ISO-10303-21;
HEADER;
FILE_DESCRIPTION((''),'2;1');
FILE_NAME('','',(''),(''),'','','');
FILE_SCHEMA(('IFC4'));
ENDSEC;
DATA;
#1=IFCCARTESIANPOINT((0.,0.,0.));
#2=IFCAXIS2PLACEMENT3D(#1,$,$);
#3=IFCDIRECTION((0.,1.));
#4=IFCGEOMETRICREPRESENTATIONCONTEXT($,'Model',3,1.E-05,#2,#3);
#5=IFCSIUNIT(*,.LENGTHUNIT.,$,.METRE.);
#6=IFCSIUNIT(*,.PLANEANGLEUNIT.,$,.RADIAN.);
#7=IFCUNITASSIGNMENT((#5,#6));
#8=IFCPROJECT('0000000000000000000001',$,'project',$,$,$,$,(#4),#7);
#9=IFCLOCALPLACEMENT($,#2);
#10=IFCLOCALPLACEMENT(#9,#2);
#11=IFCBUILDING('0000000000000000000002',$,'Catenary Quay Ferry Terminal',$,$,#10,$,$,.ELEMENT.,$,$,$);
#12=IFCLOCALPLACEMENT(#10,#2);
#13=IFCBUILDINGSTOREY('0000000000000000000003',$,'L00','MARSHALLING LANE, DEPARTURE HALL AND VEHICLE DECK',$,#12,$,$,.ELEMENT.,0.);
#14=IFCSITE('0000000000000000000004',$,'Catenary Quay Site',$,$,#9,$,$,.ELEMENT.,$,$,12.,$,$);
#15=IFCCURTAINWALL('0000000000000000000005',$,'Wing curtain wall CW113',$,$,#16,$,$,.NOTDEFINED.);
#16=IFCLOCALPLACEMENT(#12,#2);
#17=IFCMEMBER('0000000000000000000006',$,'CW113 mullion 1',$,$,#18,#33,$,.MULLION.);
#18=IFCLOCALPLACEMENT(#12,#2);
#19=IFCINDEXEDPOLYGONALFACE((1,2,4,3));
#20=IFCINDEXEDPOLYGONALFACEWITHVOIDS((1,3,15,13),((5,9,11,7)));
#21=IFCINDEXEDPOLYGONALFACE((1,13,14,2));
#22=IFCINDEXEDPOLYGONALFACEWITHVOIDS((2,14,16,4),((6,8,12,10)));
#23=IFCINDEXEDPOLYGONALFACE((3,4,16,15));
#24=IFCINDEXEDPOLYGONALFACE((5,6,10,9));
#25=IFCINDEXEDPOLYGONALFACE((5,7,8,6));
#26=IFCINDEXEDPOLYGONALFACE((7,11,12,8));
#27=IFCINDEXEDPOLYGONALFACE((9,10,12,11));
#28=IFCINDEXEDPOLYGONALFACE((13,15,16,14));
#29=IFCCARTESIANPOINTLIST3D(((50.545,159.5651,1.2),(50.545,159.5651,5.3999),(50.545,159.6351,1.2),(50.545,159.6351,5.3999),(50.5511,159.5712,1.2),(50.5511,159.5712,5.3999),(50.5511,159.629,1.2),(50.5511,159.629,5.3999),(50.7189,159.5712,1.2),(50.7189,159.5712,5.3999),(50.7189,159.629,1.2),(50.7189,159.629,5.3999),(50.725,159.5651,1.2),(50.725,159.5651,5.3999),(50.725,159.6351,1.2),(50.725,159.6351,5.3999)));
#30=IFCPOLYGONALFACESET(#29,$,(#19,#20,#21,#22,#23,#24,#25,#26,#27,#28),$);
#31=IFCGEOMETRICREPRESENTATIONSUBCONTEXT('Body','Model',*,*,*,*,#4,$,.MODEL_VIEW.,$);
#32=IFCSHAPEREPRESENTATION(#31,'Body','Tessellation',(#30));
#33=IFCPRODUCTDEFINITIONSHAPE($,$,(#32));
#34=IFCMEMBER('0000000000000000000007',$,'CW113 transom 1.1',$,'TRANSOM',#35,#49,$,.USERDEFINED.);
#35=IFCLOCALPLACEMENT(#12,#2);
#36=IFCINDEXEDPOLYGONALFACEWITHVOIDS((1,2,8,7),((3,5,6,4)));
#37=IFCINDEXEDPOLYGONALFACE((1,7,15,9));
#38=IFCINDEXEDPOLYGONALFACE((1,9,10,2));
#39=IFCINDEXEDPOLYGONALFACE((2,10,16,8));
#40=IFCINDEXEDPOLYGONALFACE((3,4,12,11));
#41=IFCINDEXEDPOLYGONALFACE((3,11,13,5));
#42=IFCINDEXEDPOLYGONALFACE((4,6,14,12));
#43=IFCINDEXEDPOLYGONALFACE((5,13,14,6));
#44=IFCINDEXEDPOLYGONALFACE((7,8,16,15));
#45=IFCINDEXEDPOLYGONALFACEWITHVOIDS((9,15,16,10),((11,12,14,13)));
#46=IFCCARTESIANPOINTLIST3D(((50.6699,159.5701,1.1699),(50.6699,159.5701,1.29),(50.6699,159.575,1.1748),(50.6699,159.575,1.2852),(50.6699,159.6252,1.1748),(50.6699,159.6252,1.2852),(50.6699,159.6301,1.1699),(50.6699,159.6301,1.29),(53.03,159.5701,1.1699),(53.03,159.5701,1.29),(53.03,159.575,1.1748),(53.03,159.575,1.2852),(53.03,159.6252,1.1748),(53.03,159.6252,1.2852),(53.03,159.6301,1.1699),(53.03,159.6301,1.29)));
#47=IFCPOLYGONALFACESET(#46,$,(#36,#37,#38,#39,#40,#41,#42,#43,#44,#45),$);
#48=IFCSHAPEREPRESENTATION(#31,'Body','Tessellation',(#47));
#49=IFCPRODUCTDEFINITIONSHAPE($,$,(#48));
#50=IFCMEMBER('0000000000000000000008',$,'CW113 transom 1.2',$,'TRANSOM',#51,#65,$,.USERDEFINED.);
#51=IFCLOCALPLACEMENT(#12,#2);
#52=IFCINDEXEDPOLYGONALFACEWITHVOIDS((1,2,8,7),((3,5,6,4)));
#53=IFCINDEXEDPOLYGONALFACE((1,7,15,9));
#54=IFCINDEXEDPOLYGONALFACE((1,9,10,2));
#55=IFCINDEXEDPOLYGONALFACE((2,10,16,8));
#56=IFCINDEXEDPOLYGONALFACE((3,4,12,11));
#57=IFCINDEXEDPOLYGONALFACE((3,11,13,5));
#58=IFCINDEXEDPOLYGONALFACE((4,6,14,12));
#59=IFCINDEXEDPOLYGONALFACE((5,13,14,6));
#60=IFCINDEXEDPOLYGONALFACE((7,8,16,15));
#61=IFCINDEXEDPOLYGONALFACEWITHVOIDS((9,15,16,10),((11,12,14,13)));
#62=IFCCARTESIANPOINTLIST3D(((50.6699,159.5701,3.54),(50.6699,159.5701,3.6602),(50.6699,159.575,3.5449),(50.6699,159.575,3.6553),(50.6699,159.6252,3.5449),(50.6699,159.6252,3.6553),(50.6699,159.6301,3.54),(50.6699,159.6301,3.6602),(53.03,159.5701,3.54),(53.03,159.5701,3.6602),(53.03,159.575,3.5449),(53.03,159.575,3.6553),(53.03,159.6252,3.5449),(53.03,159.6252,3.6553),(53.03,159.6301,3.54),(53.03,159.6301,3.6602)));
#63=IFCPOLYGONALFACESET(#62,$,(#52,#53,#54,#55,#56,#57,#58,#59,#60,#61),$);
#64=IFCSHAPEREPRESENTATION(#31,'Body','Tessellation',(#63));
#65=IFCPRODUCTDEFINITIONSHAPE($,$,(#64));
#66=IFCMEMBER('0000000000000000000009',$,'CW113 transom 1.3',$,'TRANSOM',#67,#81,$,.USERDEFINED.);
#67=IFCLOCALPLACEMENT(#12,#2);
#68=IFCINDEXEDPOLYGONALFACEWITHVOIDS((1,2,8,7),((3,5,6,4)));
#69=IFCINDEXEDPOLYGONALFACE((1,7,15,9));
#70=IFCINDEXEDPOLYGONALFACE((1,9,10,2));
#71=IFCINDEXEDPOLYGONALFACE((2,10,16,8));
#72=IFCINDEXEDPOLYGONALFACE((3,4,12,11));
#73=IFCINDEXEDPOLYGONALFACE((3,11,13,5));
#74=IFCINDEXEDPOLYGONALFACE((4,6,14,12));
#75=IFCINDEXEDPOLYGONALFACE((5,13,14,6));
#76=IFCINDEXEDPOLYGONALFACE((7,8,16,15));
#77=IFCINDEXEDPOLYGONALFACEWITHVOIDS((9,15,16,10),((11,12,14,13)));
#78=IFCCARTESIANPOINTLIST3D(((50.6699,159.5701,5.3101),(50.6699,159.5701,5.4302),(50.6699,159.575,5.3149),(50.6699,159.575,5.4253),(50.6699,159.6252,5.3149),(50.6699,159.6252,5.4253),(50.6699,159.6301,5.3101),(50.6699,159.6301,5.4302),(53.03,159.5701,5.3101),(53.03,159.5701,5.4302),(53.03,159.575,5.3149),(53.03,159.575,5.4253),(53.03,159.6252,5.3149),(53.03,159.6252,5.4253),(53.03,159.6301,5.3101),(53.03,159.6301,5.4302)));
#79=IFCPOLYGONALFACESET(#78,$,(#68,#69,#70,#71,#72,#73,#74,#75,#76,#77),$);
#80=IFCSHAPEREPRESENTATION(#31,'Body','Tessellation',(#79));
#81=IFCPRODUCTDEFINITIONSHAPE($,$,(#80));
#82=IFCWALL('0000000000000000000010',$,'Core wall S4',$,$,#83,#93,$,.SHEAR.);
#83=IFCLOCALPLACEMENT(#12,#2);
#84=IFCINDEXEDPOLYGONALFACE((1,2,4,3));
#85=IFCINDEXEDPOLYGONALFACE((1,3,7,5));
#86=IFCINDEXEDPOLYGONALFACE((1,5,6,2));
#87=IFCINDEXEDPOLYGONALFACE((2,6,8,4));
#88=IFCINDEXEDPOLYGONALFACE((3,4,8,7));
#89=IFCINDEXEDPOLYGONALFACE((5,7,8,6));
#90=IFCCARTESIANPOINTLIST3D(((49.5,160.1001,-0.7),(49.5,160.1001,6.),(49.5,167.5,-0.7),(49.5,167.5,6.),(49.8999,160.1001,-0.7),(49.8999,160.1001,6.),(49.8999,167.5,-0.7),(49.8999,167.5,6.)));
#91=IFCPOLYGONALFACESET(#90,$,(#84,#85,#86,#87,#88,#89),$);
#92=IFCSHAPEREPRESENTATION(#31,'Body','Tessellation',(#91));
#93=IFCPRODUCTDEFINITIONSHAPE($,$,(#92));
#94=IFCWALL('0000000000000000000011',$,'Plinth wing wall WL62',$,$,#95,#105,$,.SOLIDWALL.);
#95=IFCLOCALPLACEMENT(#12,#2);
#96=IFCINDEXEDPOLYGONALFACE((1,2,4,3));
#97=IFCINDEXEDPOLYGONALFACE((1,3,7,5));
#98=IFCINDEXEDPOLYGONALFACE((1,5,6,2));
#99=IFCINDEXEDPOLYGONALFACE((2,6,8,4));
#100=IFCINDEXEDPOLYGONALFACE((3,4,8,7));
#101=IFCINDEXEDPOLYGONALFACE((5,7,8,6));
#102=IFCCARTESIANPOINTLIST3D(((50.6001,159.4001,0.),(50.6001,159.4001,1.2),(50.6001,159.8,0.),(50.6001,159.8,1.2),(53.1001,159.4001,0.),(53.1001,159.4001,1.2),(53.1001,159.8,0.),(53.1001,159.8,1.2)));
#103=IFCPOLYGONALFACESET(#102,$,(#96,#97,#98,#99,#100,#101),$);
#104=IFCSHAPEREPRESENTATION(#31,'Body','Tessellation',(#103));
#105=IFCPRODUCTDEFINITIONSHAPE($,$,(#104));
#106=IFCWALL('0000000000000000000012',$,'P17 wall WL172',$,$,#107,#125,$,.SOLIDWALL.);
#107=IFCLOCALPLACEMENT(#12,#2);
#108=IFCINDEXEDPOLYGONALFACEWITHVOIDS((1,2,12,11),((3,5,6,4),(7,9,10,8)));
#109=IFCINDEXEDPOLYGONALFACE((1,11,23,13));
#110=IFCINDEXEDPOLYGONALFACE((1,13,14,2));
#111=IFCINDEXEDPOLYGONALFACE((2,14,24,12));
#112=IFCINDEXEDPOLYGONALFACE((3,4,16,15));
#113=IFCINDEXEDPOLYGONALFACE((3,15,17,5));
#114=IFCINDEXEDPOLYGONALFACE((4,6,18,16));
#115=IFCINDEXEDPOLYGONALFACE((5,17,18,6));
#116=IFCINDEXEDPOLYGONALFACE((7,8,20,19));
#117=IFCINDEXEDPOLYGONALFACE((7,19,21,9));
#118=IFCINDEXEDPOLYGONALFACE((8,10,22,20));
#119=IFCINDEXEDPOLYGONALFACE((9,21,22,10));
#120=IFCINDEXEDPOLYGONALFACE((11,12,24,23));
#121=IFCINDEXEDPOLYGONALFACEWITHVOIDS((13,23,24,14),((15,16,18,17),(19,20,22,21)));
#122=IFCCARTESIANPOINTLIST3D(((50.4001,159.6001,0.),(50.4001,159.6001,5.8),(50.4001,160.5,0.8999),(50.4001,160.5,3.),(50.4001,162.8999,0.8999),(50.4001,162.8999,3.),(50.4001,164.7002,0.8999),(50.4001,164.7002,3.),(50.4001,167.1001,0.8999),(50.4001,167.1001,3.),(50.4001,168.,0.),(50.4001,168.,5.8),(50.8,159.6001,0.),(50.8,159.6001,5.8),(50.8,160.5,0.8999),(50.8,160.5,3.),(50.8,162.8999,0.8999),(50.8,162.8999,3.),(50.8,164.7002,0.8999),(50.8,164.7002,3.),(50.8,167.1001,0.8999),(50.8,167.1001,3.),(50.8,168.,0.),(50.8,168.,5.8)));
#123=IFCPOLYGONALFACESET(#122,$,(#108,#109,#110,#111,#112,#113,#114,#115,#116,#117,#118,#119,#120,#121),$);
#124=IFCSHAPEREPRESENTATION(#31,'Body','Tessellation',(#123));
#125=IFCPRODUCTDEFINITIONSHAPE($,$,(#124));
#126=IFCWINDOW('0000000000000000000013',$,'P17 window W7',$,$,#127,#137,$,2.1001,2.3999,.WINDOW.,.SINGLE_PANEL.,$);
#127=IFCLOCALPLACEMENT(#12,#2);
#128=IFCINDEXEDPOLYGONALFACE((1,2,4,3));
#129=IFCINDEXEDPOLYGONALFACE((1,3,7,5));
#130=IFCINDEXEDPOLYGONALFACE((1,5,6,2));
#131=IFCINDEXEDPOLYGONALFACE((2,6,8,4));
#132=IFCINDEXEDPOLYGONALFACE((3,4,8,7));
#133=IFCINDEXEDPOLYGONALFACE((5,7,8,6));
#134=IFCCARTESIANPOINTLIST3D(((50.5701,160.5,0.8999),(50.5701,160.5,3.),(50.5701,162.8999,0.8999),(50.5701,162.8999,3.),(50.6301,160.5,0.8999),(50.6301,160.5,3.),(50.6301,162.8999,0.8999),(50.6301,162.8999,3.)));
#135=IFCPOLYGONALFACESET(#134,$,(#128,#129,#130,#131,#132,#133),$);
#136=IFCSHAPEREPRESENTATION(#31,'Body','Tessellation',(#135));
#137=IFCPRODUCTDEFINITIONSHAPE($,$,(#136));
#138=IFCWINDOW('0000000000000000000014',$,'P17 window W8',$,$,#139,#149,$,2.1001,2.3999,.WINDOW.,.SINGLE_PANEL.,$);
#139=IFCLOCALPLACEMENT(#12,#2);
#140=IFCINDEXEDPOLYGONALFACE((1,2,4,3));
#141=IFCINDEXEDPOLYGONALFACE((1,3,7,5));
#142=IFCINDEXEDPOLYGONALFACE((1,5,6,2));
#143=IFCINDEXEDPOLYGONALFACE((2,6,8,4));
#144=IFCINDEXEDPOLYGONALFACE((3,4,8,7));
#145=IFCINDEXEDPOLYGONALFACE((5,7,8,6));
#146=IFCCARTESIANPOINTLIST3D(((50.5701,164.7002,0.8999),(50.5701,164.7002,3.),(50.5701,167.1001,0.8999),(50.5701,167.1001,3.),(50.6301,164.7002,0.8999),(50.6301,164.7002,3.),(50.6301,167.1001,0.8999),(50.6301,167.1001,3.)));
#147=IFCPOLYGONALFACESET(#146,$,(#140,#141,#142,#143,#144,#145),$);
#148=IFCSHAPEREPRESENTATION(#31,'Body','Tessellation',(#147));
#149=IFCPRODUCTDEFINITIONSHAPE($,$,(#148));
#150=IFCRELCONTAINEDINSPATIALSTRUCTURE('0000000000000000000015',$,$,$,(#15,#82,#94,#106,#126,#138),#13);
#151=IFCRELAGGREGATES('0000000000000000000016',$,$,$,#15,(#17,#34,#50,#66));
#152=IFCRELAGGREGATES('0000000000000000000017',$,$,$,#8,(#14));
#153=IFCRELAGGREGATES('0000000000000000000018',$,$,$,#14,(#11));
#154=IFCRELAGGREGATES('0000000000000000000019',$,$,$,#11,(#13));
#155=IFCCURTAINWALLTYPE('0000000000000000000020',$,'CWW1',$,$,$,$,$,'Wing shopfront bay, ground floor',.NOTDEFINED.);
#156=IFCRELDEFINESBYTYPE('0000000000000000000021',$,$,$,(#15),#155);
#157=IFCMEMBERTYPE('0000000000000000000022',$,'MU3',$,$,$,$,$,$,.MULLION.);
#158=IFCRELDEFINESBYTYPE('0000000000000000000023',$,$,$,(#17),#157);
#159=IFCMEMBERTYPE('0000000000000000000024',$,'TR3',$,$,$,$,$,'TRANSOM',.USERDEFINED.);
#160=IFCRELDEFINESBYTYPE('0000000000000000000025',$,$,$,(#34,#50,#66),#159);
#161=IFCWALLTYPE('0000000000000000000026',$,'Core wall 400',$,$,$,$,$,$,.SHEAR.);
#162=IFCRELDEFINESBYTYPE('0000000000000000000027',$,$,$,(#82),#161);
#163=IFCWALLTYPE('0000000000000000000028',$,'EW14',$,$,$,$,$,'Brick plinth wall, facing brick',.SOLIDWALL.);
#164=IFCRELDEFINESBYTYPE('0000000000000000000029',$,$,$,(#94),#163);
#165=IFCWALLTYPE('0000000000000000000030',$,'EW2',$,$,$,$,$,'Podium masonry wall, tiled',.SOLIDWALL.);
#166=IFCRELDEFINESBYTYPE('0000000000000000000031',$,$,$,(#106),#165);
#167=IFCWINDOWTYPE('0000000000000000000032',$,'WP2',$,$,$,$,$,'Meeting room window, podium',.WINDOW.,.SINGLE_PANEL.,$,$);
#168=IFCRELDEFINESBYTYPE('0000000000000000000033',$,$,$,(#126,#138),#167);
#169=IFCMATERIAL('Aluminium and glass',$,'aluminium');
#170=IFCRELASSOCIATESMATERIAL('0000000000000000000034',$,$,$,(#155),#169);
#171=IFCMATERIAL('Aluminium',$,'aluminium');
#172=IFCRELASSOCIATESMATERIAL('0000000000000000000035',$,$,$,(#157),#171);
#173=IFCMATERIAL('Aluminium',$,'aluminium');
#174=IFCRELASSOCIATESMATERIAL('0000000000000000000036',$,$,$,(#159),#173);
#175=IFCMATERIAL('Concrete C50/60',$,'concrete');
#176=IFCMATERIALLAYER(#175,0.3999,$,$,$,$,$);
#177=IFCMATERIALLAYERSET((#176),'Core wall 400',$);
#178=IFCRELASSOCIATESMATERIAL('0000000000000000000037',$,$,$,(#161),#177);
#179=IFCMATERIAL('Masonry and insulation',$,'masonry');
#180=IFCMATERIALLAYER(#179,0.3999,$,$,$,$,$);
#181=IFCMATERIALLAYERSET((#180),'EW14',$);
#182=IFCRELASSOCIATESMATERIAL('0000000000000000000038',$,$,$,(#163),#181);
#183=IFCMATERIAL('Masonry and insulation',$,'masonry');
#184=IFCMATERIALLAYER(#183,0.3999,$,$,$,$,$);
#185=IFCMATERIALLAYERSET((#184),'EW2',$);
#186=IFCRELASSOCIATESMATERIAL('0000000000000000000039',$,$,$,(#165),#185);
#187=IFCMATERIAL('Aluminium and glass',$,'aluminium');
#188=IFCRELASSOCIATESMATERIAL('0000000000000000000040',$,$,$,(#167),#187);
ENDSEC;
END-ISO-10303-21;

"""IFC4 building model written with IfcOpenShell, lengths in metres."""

from ifc_helpers import new_model, si_unit, direction, frame, frame_2d, origin, origin_2d, place, context, subcontext, project, spatial, rectangle, hollow_rectangle, extrude, material, layer, layer_set, material_profile, profile_set, type_object, element, fill, aggregate, save


model = new_model("IFC4")

# Units and contexts
model_context = context("Model", 3, precision=1e-05, world=origin(), true_north=direction((0.0, 1.0)))
body_context = subcontext(model_context, "Body", "Model", "MODEL_VIEW")
ifc_project = project(units=[si_unit("LENGTHUNIT", "METRE"), si_unit("PLANEANGLEUNIT", "RADIAN")], contexts=[model_context])

# Site, building, storey
site_placement = place(None, origin())
site = spatial("IfcSite", under=ifc_project, at=site_placement, Name="Catenary Quay Site", CompositionType="ELEMENT", RefElevation=12.0)
building_placement = place(site_placement, origin())
building = spatial("IfcBuilding", under=site, at=building_placement, Name="Catenary Quay Ferry Terminal", CompositionType="ELEMENT")
storey_placement = place(building_placement, origin())
storey = spatial("IfcBuildingStorey", under=building, at=storey_placement, Name="L00", Description="MARSHALLING LANE, DEPARTURE HALL AND VEHICLE DECK", CompositionType="ELEMENT", Elevation=0.0)

# Curtain wall, members
ifc_material_1 = material(Name="Aluminium and glass", Category="aluminium")
curtain_wall_type = type_object("IfcCurtainWallType", Name="CWW1", ElementType="Wing shopfront bay, ground floor", PredefinedType="NOTDEFINED", material=ifc_material_1)
curtain_wall_placement = place(storey_placement, origin())
curtain_wall = element("IfcCurtainWall", 1, at=curtain_wall_placement, inside=storey, type_object=curtain_wall_type, Name="Wing curtain wall CW113", PredefinedType="NOTDEFINED")
ifc_material_2 = material(Name="Aluminium", Category="aluminium")
ifc_material_profile_1 = material_profile(ifc_material_2, hollow_rectangle(XDim=0.0701, YDim=0.1799, WallThickness=0.0061, at=origin_2d()), Name="MU3")
ifc_profile_set_1 = profile_set([ifc_material_profile_1], Name="Aluminium")
member_type_1 = type_object("IfcMemberType", Name="MU3", PredefinedType="MULLION", material=ifc_profile_set_1)
member_1_placement = place(storey_placement, frame((50.635, 159.6001, 1.2), z_axis=(0.0, 0.0, 1.0), x_axis=(0.0, 1.0, 0.0)))
member_1 = element("IfcMember", 2, at=member_1_placement, type_object=member_type_1, Name="CW113 mullion 1", PredefinedType="MULLION", context=body_context, shape_type="SweptSolid", body=[
    extrude(hollow_rectangle(XDim=0.0701, YDim=0.1799, WallThickness=0.0061, at=origin_2d()), origin(), (0.0, 0.0, 1.0), 4.2),
])
ifc_material_3 = material(Name="Aluminium", Category="aluminium")
ifc_material_profile_2 = material_profile(ifc_material_3, hollow_rectangle(XDim=0.0601, YDim=0.1201, WallThickness=0.0049, at=origin_2d()), Name="TR3")
ifc_profile_set_2 = profile_set([ifc_material_profile_2], Name="Aluminium")
member_type_2 = type_object("IfcMemberType", Name="TR3", ElementType="TRANSOM", PredefinedType="USERDEFINED", material=ifc_profile_set_2)
member_2_placement = place(storey_placement, frame((50.6699, 159.6001, 1.23), z_axis=(1.0, 0.0, 0.0), x_axis=(0.0, 1.0, 0.0)))
member_2 = element("IfcMember", 3, at=member_2_placement, type_object=member_type_2, Name="CW113 transom 1.1", ObjectType="TRANSOM", PredefinedType="USERDEFINED", context=body_context, shape_type="SweptSolid", body=[
    extrude(hollow_rectangle(XDim=0.0601, YDim=0.1201, WallThickness=0.0049, at=origin_2d()), origin(), (0.0, 0.0, 1.0), 2.3601),
])
member_3_placement = place(storey_placement, frame((50.6699, 159.6001, 3.6001), z_axis=(1.0, 0.0, 0.0), x_axis=(0.0, 1.0, 0.0)))
member_3 = element("IfcMember", 4, at=member_3_placement, type_object=member_type_2, Name="CW113 transom 1.2", ObjectType="TRANSOM", PredefinedType="USERDEFINED", context=body_context, shape_type="SweptSolid", body=[
    extrude(hollow_rectangle(XDim=0.0601, YDim=0.1201, WallThickness=0.0049, at=origin_2d()), origin(), (0.0, 0.0, 1.0), 2.3601),
])
member_4_placement = place(storey_placement, frame((50.6699, 159.6001, 5.3701), z_axis=(1.0, 0.0, 0.0), x_axis=(0.0, 1.0, 0.0)))
member_4 = element("IfcMember", 5, at=member_4_placement, type_object=member_type_2, Name="CW113 transom 1.3", ObjectType="TRANSOM", PredefinedType="USERDEFINED", context=body_context, shape_type="SweptSolid", body=[
    extrude(hollow_rectangle(XDim=0.0601, YDim=0.1201, WallThickness=0.0049, at=origin_2d()), origin(), (0.0, 0.0, 1.0), 2.3601),
])
aggregate(curtain_wall, [member_1, member_2, member_3, member_4])

# Walls
ifc_material_4 = material(Name="Concrete C50/60", Category="concrete")
ifc_layer_1 = layer(ifc_material_4, 0.3999)
ifc_layer_set_1 = layer_set([ifc_layer_1], Name="Core wall 400")
wall_type_1 = type_object("IfcWallType", Name="Core wall 400", PredefinedType="SHEAR", material=ifc_layer_set_1)
wall_1_placement = place(storey_placement, frame((49.7, 160.1001, -0.7), z_axis=(0.0, 0.0, 1.0), x_axis=(0.0, 1.0, 0.0)))
element("IfcWall", 6, at=wall_1_placement, inside=storey, type_object=wall_type_1, Name="Core wall S4", PredefinedType="SHEAR", context=body_context, shape_type="SweptSolid", body=[
    extrude(rectangle(XDim=7.3999, YDim=0.3999, at=frame_2d((3.7, 0.0))), origin(), (0.0, 0.0, 1.0), 6.7),
])
ifc_material_5 = material(Name="Masonry and insulation", Category="masonry")
ifc_layer_2 = layer(ifc_material_5, 0.3999)
ifc_layer_set_2 = layer_set([ifc_layer_2], Name="EW14")
wall_type_2 = type_object("IfcWallType", Name="EW14", ElementType="Brick plinth wall, facing brick", PredefinedType="SOLIDWALL", material=ifc_layer_set_2)
wall_2_placement = place(storey_placement, frame((50.6001, 159.6001, 0.0), z_axis=(0.0, 0.0, 1.0), x_axis=(1.0, 0.0, 0.0)))
element("IfcWall", 7, at=wall_2_placement, inside=storey, type_object=wall_type_2, Name="Plinth wing wall WL62", PredefinedType="SOLIDWALL", context=body_context, shape_type="SweptSolid", body=[
    extrude(rectangle(XDim=2.5, YDim=0.3999, at=frame_2d((1.25, 0.0))), origin(), (0.0, 0.0, 1.0), 1.2),
])

# Wall, openings, windows
ifc_material_6 = material(Name="Masonry and insulation", Category="masonry")
ifc_layer_3 = layer(ifc_material_6, 0.3999)
ifc_layer_set_3 = layer_set([ifc_layer_3], Name="EW2")
wall_type_3 = type_object("IfcWallType", Name="EW2", ElementType="Podium masonry wall, tiled", PredefinedType="SOLIDWALL", material=ifc_layer_set_3)
wall_3_placement = place(storey_placement, frame((50.6001, 159.6001, 0.0), z_axis=(0.0, 0.0, 1.0), x_axis=(0.0, 1.0, 0.0)))
wall_3 = element("IfcWall", 8, at=wall_3_placement, inside=storey, type_object=wall_type_3, Name="P17 wall WL172", PredefinedType="SOLIDWALL", context=body_context, shape_type="SweptSolid", body=[
    extrude(rectangle(XDim=8.3999, YDim=0.3999, at=frame_2d((4.2, 0.0))), origin(), (0.0, 0.0, 1.0), 5.8),
])
opening_1_placement = place(wall_3_placement, frame((0.8999, 0.0, 0.8999)))
opening_1 = element("IfcOpeningElement", 9, at=opening_1_placement, cuts=wall_3, PredefinedType="OPENING", context=body_context, shape_type="SweptSolid", body=[
    extrude(rectangle(XDim=2.3999, YDim=2.1001, at=frame_2d((1.2, 1.05))), frame((0.0, 0.21, 0.0), z_axis=(0.0, -1.0, 0.0), x_axis=(1.0, 0.0, 0.0)), (0.0, 0.0, 1.0), 0.4199),
])
opening_2_placement = place(wall_3_placement, frame((5.1001, 0.0, 0.8999)))
opening_2 = element("IfcOpeningElement", 10, at=opening_2_placement, cuts=wall_3, PredefinedType="OPENING", context=body_context, shape_type="SweptSolid", body=[
    extrude(rectangle(XDim=2.3999, YDim=2.1001, at=frame_2d((1.2, 1.05))), frame((0.0, 0.21, 0.0), z_axis=(0.0, -1.0, 0.0), x_axis=(1.0, 0.0, 0.0)), (0.0, 0.0, 1.0), 0.4199),
])
ifc_material_7 = material(Name="Aluminium and glass", Category="aluminium")
window_type = type_object("IfcWindowType", Name="WP2", ElementType="Meeting room window, podium", PartitioningType="SINGLE_PANEL", PredefinedType="WINDOW", material=ifc_material_7)
window_1_placement = place(opening_1_placement, origin())
window_1 = element("IfcWindow", 11, at=window_1_placement, inside=storey, type_object=window_type, Name="P17 window W7", OverallHeight=2.1001, OverallWidth=2.3999, PartitioningType="SINGLE_PANEL", PredefinedType="WINDOW", context=body_context, shape_type="SweptSolid", body=[
    extrude(rectangle(XDim=2.3999, YDim=2.1001, at=frame_2d((1.2, 1.05))), frame((0.0, 0.03, 0.0), z_axis=(0.0, -1.0, 0.0), x_axis=(1.0, 0.0, 0.0)), (0.0, 0.0, 1.0), 0.0601),
])
fill(opening_1, window_1)
window_2_placement = place(opening_2_placement, origin())
window_2 = element("IfcWindow", 12, at=window_2_placement, inside=storey, type_object=window_type, Name="P17 window W8", OverallHeight=2.1001, OverallWidth=2.3999, PartitioningType="SINGLE_PANEL", PredefinedType="WINDOW", context=body_context, shape_type="SweptSolid", body=[
    extrude(rectangle(XDim=2.3999, YDim=2.1001, at=frame_2d((1.2, 1.05))), frame((0.0, 0.03, 0.0), z_axis=(0.0, -1.0, 0.0), x_axis=(1.0, 0.0, 0.0)), (0.0, 0.0, 1.0), 0.0601),
])
fill(opening_2, window_2)

save(model, "model.ifc")
